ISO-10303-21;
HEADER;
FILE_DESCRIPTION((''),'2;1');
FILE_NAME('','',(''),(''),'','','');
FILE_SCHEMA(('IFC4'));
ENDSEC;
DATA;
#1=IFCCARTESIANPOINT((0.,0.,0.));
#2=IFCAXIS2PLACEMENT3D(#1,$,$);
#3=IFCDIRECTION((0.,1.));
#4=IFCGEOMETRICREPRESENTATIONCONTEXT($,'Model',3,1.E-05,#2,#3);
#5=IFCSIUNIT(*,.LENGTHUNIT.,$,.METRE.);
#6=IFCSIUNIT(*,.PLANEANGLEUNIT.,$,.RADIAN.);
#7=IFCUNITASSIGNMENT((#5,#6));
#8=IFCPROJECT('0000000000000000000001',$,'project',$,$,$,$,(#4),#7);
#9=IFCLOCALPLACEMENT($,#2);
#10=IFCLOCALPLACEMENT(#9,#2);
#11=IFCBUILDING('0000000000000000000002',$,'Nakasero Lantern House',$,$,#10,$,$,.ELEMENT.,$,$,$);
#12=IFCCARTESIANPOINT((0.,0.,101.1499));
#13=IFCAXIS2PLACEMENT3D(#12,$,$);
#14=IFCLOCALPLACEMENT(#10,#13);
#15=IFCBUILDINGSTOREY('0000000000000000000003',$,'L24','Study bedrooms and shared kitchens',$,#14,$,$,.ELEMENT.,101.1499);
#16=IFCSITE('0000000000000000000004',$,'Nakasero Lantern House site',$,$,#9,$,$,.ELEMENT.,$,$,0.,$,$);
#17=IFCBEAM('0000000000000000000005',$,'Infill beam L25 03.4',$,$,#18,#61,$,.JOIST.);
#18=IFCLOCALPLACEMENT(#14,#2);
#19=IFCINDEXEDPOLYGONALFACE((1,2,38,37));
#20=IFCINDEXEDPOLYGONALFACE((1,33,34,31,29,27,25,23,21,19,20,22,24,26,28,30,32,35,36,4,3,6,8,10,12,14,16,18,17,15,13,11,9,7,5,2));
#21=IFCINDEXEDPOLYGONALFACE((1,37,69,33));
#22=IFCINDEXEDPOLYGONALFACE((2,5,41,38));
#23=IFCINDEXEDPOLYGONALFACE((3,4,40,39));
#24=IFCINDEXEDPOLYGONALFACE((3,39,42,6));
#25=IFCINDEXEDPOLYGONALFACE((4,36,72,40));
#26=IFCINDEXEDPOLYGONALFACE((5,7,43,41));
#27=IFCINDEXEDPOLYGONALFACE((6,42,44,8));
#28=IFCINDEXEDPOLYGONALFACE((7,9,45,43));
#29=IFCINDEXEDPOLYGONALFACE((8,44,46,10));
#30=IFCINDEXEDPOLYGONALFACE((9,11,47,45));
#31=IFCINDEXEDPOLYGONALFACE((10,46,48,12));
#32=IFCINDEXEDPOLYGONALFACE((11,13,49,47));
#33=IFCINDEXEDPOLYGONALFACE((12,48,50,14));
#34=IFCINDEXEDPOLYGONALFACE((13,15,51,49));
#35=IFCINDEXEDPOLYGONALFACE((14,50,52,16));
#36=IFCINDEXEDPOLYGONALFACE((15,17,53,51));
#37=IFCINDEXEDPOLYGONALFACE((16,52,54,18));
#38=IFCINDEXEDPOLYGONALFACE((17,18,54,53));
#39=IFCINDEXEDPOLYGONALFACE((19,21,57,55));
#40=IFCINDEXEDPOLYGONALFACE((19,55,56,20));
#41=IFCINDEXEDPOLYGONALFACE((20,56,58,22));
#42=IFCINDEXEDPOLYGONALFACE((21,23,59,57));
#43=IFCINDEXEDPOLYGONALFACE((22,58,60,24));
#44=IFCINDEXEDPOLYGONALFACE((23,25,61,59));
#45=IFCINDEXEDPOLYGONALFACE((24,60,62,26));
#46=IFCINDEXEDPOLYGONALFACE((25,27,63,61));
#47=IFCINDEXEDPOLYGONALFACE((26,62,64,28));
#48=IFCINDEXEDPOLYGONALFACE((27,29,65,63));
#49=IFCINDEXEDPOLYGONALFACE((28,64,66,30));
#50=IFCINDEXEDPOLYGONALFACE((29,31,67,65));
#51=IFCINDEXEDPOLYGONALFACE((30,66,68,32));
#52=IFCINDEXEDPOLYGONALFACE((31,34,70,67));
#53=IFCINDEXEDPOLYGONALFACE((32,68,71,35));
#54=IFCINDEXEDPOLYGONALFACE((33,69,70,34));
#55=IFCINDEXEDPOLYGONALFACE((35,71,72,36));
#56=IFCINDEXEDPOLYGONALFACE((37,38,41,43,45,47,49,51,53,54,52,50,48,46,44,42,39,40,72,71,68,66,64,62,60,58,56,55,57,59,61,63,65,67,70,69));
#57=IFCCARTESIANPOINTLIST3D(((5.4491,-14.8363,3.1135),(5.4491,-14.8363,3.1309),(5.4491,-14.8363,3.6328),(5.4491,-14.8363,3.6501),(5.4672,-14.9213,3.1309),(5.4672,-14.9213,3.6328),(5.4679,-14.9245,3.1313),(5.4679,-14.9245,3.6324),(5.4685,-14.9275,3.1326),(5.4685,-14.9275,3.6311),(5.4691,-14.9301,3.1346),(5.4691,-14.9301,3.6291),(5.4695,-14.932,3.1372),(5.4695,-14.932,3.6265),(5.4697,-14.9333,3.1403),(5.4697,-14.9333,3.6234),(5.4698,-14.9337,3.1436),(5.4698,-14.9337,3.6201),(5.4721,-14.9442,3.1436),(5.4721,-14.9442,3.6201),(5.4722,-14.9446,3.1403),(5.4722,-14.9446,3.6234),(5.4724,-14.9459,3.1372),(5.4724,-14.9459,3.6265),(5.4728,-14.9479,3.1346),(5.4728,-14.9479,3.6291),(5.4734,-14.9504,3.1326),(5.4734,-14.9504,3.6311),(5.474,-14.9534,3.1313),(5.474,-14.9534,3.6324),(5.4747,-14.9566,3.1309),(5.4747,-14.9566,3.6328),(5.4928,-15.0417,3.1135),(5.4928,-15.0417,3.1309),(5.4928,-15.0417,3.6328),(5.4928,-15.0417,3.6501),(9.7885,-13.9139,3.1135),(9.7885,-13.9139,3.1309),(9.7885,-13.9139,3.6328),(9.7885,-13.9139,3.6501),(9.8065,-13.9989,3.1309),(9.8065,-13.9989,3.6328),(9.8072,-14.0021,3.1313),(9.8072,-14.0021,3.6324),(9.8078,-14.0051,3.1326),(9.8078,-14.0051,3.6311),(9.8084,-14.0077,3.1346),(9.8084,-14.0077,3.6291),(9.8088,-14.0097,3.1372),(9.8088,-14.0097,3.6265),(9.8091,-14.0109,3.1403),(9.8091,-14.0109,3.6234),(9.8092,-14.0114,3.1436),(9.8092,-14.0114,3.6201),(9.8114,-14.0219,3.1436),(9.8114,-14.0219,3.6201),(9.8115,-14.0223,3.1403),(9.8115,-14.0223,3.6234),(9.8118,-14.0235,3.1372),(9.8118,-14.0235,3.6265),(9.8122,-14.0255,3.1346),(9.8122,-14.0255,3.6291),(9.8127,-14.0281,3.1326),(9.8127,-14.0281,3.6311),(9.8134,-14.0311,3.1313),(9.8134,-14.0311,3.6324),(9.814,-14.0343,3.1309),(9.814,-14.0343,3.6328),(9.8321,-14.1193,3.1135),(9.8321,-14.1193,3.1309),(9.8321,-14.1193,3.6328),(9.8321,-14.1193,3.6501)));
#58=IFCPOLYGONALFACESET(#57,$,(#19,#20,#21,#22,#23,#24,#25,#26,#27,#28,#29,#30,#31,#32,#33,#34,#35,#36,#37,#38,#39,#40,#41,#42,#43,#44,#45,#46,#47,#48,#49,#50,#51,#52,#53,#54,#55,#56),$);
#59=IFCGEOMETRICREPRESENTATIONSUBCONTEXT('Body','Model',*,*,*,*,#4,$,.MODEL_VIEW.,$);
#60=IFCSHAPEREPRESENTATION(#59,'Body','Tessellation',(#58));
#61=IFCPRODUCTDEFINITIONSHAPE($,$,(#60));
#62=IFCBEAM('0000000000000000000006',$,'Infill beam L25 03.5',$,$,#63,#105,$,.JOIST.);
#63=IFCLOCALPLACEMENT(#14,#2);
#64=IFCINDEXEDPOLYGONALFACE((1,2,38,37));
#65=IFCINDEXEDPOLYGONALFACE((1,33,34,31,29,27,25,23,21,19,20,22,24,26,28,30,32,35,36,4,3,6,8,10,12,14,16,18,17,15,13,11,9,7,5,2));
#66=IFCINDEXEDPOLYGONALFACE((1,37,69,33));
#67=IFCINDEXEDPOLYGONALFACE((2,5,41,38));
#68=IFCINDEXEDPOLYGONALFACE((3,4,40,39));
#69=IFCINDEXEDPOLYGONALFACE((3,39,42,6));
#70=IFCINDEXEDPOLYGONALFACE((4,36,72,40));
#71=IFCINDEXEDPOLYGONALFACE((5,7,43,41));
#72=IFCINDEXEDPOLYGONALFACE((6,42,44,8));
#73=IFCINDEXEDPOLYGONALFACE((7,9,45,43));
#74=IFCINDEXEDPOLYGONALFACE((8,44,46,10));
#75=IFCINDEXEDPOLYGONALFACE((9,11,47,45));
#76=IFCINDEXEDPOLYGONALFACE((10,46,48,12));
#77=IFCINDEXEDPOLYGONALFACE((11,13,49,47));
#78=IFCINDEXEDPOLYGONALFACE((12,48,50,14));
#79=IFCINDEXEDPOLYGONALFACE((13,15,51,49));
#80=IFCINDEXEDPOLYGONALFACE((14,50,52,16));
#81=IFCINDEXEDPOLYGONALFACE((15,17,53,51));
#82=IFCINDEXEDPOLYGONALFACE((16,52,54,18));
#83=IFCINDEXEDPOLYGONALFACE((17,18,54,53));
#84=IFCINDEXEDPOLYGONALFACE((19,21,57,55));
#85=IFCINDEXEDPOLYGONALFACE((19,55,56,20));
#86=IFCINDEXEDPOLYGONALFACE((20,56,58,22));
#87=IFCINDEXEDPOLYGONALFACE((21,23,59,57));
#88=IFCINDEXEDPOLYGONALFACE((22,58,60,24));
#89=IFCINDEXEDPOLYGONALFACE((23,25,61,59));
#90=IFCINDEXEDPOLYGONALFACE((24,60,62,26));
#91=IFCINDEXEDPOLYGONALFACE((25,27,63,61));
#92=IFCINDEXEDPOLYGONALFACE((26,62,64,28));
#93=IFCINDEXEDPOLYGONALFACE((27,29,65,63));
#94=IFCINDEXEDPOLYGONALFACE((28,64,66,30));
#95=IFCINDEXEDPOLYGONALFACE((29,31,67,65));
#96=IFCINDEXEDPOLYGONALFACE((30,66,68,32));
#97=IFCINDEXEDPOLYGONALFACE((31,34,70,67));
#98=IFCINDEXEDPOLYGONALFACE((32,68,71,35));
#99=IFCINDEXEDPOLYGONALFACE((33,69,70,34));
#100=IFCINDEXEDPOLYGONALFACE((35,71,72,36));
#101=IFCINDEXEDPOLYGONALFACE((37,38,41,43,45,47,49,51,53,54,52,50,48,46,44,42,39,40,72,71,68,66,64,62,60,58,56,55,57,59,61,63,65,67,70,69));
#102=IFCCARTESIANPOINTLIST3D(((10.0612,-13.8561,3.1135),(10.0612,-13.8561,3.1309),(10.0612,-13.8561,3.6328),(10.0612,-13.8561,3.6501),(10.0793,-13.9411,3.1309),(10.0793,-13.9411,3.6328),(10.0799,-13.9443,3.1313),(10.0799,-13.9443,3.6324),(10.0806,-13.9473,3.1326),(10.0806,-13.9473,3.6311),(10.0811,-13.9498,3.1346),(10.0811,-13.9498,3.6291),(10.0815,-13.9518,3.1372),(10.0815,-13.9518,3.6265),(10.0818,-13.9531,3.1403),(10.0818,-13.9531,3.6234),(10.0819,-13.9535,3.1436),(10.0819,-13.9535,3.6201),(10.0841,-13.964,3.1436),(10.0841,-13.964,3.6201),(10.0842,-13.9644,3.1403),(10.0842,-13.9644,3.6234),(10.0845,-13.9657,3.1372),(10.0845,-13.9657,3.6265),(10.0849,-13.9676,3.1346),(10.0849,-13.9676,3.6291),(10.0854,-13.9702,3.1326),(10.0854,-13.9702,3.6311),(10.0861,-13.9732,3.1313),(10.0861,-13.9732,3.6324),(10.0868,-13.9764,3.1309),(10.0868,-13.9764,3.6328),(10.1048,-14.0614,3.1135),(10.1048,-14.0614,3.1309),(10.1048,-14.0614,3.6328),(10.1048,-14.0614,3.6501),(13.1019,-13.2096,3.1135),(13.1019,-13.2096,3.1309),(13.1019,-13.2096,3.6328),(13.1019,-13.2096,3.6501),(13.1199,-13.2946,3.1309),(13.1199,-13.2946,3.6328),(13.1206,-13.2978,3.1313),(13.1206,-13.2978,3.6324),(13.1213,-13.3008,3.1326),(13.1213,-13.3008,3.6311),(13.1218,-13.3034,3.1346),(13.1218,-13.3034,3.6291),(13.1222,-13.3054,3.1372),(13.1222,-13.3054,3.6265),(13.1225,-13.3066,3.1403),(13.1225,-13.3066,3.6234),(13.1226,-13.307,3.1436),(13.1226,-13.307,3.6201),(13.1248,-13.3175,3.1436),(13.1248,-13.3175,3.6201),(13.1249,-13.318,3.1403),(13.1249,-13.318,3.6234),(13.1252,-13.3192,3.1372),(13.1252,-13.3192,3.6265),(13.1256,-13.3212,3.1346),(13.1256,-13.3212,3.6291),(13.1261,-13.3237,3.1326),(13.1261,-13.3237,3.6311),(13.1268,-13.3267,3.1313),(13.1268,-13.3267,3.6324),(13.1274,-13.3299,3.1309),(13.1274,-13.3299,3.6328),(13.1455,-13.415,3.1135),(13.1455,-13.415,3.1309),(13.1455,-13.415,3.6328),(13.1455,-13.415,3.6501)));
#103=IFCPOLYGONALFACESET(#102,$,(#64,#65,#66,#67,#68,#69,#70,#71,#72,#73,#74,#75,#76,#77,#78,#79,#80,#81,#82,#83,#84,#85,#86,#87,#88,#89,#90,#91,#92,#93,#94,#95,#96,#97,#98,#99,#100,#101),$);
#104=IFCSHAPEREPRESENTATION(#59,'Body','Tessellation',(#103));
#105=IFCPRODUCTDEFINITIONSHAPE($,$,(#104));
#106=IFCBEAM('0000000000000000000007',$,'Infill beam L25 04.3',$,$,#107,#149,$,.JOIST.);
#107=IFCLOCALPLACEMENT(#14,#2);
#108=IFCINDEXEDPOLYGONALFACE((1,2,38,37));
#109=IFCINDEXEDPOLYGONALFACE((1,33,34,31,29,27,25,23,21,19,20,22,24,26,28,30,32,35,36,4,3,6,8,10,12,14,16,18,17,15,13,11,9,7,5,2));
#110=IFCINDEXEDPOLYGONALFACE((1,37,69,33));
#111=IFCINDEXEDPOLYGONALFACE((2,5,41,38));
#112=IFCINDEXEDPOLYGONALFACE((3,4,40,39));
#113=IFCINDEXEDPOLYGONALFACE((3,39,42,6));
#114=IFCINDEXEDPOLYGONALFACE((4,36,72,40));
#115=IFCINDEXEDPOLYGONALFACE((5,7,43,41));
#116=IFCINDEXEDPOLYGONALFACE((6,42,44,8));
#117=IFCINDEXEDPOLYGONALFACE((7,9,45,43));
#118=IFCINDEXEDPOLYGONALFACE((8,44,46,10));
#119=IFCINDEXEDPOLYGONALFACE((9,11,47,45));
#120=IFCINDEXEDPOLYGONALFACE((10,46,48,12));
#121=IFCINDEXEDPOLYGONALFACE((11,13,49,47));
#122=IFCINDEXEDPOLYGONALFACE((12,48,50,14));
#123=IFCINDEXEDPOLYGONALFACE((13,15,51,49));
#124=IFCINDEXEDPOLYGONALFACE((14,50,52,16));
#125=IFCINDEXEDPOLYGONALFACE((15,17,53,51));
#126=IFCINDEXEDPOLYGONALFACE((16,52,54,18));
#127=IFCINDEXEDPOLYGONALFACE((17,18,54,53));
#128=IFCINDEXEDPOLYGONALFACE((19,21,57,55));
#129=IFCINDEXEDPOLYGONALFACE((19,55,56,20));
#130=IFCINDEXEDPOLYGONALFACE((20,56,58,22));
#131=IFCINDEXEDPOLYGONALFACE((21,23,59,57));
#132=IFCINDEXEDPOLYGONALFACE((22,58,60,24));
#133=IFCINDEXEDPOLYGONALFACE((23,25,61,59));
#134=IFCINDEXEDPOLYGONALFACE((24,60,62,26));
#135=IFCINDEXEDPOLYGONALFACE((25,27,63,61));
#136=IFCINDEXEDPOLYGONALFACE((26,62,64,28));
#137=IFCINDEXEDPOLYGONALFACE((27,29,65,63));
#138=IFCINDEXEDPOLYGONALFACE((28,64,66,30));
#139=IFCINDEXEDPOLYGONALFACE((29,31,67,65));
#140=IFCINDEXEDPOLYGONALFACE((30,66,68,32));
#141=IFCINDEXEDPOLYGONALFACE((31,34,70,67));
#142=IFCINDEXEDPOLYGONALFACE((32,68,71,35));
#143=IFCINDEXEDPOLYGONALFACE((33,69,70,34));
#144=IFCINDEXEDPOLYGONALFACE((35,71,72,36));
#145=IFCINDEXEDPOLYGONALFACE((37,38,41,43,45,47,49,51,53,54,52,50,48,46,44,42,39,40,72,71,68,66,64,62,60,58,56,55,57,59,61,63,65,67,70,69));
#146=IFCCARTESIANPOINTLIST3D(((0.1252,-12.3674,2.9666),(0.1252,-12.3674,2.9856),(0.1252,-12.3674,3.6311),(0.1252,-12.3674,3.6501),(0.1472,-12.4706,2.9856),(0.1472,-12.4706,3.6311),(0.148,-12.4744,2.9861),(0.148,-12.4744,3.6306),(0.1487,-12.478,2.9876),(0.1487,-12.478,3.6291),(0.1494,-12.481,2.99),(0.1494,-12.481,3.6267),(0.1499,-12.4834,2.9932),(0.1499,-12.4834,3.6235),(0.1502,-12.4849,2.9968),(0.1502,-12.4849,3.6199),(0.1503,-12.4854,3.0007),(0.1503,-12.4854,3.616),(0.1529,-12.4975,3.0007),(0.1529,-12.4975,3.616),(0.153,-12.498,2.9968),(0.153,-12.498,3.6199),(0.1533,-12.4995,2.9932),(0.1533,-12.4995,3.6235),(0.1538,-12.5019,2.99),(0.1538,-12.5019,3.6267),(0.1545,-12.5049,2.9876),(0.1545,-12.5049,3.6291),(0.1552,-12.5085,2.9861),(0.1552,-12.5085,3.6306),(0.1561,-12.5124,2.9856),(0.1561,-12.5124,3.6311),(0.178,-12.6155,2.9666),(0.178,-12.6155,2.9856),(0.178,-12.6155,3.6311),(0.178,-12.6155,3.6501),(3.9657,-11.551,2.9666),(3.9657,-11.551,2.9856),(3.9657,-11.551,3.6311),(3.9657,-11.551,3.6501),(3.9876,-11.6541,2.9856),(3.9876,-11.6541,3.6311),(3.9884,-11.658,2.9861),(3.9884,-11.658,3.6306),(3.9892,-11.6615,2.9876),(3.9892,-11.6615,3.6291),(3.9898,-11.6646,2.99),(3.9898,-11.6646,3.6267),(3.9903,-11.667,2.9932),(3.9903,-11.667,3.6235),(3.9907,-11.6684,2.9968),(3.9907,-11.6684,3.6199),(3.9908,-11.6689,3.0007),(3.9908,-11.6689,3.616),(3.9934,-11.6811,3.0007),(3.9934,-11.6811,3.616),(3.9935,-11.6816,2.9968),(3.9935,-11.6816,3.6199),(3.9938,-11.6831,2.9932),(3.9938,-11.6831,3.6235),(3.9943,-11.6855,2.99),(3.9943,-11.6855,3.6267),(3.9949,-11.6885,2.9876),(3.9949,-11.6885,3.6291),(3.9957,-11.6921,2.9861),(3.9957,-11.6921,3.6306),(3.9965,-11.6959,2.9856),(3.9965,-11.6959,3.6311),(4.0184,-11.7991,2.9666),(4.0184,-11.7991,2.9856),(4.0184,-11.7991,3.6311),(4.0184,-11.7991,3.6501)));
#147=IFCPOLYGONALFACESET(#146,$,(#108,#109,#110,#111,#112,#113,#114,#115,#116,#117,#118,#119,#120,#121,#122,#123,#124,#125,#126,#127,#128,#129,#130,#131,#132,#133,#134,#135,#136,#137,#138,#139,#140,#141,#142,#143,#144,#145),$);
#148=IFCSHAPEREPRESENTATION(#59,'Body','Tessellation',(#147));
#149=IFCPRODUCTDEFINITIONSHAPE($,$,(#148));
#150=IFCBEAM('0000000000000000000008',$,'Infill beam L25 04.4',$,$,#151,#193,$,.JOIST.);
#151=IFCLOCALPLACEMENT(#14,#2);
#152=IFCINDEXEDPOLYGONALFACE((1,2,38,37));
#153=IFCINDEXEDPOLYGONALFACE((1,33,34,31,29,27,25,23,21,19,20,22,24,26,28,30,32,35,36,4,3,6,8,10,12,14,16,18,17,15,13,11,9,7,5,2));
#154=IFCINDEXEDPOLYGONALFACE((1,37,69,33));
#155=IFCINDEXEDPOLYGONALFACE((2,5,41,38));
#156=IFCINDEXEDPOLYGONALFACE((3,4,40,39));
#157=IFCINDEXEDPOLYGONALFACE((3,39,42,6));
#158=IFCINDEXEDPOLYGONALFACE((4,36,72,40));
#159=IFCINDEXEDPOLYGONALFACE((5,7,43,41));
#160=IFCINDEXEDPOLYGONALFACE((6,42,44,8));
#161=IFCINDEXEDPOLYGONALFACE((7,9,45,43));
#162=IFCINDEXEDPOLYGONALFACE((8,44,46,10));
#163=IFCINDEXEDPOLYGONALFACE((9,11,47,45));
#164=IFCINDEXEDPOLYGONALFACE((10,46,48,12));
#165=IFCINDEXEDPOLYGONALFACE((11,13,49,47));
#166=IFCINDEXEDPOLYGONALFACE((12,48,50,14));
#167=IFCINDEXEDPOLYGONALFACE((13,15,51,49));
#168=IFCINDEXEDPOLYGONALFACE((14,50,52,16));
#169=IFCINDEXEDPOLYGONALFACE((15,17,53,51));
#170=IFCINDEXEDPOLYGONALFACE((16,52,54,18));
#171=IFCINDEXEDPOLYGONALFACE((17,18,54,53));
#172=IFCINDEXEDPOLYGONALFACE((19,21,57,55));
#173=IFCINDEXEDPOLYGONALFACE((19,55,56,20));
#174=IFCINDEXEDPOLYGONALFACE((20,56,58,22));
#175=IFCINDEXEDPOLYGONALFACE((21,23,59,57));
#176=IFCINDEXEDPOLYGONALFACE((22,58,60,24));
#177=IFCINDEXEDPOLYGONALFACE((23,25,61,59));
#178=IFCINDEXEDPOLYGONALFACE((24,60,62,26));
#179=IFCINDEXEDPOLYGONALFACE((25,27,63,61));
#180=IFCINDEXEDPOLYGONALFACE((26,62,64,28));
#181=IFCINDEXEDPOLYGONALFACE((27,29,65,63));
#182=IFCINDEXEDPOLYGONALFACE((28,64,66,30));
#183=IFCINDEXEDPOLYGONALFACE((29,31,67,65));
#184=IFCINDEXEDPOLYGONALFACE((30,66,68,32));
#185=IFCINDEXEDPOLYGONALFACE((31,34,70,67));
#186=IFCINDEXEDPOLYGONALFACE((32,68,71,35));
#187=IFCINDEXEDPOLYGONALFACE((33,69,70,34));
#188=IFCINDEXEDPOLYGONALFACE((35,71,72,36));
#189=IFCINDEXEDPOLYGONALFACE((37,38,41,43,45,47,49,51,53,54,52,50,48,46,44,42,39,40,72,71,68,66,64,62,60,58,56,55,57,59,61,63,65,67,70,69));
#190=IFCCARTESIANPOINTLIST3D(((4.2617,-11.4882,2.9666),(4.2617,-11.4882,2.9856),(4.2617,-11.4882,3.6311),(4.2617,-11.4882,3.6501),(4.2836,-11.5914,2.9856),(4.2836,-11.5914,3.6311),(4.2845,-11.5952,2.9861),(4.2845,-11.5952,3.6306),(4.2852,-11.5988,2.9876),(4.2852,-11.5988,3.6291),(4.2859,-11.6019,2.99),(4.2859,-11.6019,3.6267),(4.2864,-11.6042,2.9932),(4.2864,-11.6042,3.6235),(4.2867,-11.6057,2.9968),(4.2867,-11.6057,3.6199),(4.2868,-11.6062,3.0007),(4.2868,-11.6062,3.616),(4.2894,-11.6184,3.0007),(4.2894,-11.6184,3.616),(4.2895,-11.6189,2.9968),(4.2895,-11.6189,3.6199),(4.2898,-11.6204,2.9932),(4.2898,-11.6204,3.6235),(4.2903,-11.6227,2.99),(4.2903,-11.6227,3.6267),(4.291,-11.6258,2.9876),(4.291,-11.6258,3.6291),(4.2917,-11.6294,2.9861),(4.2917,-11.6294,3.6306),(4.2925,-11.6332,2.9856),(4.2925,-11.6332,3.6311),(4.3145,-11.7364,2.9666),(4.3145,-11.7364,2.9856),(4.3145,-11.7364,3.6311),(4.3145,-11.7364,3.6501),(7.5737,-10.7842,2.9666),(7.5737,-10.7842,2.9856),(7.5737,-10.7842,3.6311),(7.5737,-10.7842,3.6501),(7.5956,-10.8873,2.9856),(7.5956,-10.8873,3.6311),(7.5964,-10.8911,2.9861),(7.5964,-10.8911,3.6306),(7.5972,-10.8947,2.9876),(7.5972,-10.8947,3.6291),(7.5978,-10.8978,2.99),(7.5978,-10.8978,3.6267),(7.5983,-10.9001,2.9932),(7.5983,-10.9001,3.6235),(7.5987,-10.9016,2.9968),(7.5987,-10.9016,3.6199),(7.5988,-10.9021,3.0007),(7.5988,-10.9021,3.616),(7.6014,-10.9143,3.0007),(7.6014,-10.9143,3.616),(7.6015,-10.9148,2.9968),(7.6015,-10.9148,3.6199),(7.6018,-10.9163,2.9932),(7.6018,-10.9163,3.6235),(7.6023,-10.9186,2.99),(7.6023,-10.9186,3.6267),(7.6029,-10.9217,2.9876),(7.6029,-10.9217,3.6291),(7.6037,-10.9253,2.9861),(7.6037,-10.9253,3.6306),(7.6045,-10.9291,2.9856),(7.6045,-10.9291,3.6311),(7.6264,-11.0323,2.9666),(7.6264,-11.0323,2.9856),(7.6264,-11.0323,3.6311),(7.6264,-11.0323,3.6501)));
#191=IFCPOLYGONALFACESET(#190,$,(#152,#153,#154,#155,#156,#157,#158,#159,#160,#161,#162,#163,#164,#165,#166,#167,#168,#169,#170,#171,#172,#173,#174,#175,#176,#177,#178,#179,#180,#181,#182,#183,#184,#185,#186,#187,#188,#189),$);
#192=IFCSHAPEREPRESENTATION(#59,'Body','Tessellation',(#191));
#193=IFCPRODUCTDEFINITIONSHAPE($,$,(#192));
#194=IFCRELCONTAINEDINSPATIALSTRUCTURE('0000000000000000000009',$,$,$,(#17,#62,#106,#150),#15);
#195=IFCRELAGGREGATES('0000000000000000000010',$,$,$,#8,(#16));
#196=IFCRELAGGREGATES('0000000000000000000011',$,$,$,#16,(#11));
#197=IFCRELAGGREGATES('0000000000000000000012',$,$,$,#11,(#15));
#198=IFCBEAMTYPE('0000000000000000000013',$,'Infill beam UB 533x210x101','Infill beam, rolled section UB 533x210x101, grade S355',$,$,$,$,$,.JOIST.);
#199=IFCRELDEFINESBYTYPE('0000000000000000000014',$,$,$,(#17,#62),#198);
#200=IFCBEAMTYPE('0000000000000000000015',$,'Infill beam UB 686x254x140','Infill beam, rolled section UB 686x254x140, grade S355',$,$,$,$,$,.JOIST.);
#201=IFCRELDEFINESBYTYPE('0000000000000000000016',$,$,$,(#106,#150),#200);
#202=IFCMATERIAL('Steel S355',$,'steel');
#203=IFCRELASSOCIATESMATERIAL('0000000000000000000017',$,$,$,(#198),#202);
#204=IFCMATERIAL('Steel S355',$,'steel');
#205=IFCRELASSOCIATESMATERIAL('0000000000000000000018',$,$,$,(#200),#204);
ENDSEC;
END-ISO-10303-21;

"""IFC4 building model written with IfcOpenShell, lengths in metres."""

from ifc_helpers import new_model, si_unit, direction, frame, origin, origin_2d, place, context, subcontext, project, spatial, i_section, extrude, material, material_profile, profile_set, type_object, element, save


model = new_model("IFC4")

# Units and contexts
model_context = context("Model", 3, precision=1e-05, world=origin(), true_north=direction((0.0, 1.0)))
body_context = subcontext(model_context, "Body", "Model", "MODEL_VIEW")
ifc_project = project(units=[si_unit("LENGTHUNIT", "METRE"), si_unit("PLANEANGLEUNIT", "RADIAN")], contexts=[model_context])

# Site, building, storey
site_placement = place(None, origin())
site = spatial("IfcSite", under=ifc_project, at=site_placement, Name="Nakasero Lantern House site", CompositionType="ELEMENT", RefElevation=0.0)
building_placement = place(site_placement, origin())
building = spatial("IfcBuilding", under=site, at=building_placement, Name="Nakasero Lantern House", CompositionType="ELEMENT")
storey_placement = place(building_placement, frame((0.0, 0.0, 101.1499)))
storey = spatial("IfcBuildingStorey", under=building, at=storey_placement, Name="L24", Description="Study bedrooms and shared kitchens", CompositionType="ELEMENT", Elevation=101.1499)

# Beams
ifc_material_1 = material(Name="Steel S355", Category="steel")
ifc_material_profile_1 = material_profile(ifc_material_1, i_section(OverallWidth=0.21, OverallDepth=0.5366, WebThickness=0.0107, FlangeThickness=0.0173, FilletRadius=0.0127, at=origin_2d()), Name="UB 533x210x101")
ifc_profile_set_1 = profile_set([ifc_material_profile_1], Name="Steel S355")
beam_type_1 = type_object("IfcBeamType", Name="Infill beam UB 533x210x101", Description="Infill beam, rolled section UB 533x210x101, grade S355", PredefinedType="JOIST", material=ifc_profile_set_1)
beam_1_placement = place(storey_placement, frame((5.4709, -14.939, 3.3818), z_axis=(0.978147, 0.207913, 0.0), x_axis=(-0.207913, 0.978147, 0.0)))
element("IfcBeam", 1, at=beam_1_placement, inside=storey, type_object=beam_type_1, Name="Infill beam L25 03.4", PredefinedType="JOIST", context=body_context, shape_type="SweptSolid", body=[
    extrude(i_section(OverallWidth=0.21, OverallDepth=0.5366, WebThickness=0.0107, FlangeThickness=0.0173, FilletRadius=0.0127, at=origin_2d()), origin(), (0.0, 0.0, 1.0), 4.4363),
])
beam_2_placement = place(storey_placement, frame((10.083, -13.9587, 3.3818), z_axis=(0.978138, 0.207957, 0.0), x_axis=(-0.207957, 0.978138, 0.0)))
element("IfcBeam", 2, at=beam_2_placement, inside=storey, type_object=beam_type_1, Name="Infill beam L25 03.5", PredefinedType="JOIST", context=body_context, shape_type="SweptSolid", body=[
    extrude(i_section(OverallWidth=0.21, OverallDepth=0.5366, WebThickness=0.0107, FlangeThickness=0.0173, FilletRadius=0.0127, at=origin_2d()), origin(), (0.0, 0.0, 1.0), 3.1086),
])
ifc_material_2 = material(Name="Steel S355", Category="steel")
ifc_material_profile_2 = material_profile(ifc_material_2, i_section(OverallWidth=0.2537, OverallDepth=0.6836, WebThickness=0.0125, FlangeThickness=0.019, FilletRadius=0.0151, at=origin_2d()), Name="UB 686x254x140")
ifc_profile_set_2 = profile_set([ifc_material_profile_2], Name="Steel S355")
beam_type_2 = type_object("IfcBeamType", Name="Infill beam UB 686x254x140", Description="Infill beam, rolled section UB 686x254x140, grade S355", PredefinedType="JOIST", material=ifc_profile_set_2)
beam_3_placement = place(storey_placement, frame((0.1516, -12.4915, 3.3083), z_axis=(0.978141, 0.207941, 0.0), x_axis=(-0.207941, 0.978141, 0.0)))
element("IfcBeam", 3, at=beam_3_placement, inside=storey, type_object=beam_type_2, Name="Infill beam L25 04.3", PredefinedType="JOIST", context=body_context, shape_type="SweptSolid", body=[
    extrude(i_section(OverallWidth=0.2537, OverallDepth=0.6836, WebThickness=0.0125, FlangeThickness=0.019, FilletRadius=0.0151, at=origin_2d()), origin(), (0.0, 0.0, 1.0), 3.9263),
])
beam_4_placement = place(storey_placement, frame((4.2881, -11.6123, 3.3083), z_axis=(0.978141, 0.207943, 0.0), x_axis=(-0.207943, 0.978141, 0.0)))
element("IfcBeam", 4, at=beam_4_placement, inside=storey, type_object=beam_type_2, Name="Infill beam L25 04.4", PredefinedType="JOIST", context=body_context, shape_type="SweptSolid", body=[
    extrude(i_section(OverallWidth=0.2537, OverallDepth=0.6836, WebThickness=0.0125, FlangeThickness=0.019, FilletRadius=0.0151, at=origin_2d()), origin(), (0.0, 0.0, 1.0), 3.386),
])

save(model, "model.ifc")
